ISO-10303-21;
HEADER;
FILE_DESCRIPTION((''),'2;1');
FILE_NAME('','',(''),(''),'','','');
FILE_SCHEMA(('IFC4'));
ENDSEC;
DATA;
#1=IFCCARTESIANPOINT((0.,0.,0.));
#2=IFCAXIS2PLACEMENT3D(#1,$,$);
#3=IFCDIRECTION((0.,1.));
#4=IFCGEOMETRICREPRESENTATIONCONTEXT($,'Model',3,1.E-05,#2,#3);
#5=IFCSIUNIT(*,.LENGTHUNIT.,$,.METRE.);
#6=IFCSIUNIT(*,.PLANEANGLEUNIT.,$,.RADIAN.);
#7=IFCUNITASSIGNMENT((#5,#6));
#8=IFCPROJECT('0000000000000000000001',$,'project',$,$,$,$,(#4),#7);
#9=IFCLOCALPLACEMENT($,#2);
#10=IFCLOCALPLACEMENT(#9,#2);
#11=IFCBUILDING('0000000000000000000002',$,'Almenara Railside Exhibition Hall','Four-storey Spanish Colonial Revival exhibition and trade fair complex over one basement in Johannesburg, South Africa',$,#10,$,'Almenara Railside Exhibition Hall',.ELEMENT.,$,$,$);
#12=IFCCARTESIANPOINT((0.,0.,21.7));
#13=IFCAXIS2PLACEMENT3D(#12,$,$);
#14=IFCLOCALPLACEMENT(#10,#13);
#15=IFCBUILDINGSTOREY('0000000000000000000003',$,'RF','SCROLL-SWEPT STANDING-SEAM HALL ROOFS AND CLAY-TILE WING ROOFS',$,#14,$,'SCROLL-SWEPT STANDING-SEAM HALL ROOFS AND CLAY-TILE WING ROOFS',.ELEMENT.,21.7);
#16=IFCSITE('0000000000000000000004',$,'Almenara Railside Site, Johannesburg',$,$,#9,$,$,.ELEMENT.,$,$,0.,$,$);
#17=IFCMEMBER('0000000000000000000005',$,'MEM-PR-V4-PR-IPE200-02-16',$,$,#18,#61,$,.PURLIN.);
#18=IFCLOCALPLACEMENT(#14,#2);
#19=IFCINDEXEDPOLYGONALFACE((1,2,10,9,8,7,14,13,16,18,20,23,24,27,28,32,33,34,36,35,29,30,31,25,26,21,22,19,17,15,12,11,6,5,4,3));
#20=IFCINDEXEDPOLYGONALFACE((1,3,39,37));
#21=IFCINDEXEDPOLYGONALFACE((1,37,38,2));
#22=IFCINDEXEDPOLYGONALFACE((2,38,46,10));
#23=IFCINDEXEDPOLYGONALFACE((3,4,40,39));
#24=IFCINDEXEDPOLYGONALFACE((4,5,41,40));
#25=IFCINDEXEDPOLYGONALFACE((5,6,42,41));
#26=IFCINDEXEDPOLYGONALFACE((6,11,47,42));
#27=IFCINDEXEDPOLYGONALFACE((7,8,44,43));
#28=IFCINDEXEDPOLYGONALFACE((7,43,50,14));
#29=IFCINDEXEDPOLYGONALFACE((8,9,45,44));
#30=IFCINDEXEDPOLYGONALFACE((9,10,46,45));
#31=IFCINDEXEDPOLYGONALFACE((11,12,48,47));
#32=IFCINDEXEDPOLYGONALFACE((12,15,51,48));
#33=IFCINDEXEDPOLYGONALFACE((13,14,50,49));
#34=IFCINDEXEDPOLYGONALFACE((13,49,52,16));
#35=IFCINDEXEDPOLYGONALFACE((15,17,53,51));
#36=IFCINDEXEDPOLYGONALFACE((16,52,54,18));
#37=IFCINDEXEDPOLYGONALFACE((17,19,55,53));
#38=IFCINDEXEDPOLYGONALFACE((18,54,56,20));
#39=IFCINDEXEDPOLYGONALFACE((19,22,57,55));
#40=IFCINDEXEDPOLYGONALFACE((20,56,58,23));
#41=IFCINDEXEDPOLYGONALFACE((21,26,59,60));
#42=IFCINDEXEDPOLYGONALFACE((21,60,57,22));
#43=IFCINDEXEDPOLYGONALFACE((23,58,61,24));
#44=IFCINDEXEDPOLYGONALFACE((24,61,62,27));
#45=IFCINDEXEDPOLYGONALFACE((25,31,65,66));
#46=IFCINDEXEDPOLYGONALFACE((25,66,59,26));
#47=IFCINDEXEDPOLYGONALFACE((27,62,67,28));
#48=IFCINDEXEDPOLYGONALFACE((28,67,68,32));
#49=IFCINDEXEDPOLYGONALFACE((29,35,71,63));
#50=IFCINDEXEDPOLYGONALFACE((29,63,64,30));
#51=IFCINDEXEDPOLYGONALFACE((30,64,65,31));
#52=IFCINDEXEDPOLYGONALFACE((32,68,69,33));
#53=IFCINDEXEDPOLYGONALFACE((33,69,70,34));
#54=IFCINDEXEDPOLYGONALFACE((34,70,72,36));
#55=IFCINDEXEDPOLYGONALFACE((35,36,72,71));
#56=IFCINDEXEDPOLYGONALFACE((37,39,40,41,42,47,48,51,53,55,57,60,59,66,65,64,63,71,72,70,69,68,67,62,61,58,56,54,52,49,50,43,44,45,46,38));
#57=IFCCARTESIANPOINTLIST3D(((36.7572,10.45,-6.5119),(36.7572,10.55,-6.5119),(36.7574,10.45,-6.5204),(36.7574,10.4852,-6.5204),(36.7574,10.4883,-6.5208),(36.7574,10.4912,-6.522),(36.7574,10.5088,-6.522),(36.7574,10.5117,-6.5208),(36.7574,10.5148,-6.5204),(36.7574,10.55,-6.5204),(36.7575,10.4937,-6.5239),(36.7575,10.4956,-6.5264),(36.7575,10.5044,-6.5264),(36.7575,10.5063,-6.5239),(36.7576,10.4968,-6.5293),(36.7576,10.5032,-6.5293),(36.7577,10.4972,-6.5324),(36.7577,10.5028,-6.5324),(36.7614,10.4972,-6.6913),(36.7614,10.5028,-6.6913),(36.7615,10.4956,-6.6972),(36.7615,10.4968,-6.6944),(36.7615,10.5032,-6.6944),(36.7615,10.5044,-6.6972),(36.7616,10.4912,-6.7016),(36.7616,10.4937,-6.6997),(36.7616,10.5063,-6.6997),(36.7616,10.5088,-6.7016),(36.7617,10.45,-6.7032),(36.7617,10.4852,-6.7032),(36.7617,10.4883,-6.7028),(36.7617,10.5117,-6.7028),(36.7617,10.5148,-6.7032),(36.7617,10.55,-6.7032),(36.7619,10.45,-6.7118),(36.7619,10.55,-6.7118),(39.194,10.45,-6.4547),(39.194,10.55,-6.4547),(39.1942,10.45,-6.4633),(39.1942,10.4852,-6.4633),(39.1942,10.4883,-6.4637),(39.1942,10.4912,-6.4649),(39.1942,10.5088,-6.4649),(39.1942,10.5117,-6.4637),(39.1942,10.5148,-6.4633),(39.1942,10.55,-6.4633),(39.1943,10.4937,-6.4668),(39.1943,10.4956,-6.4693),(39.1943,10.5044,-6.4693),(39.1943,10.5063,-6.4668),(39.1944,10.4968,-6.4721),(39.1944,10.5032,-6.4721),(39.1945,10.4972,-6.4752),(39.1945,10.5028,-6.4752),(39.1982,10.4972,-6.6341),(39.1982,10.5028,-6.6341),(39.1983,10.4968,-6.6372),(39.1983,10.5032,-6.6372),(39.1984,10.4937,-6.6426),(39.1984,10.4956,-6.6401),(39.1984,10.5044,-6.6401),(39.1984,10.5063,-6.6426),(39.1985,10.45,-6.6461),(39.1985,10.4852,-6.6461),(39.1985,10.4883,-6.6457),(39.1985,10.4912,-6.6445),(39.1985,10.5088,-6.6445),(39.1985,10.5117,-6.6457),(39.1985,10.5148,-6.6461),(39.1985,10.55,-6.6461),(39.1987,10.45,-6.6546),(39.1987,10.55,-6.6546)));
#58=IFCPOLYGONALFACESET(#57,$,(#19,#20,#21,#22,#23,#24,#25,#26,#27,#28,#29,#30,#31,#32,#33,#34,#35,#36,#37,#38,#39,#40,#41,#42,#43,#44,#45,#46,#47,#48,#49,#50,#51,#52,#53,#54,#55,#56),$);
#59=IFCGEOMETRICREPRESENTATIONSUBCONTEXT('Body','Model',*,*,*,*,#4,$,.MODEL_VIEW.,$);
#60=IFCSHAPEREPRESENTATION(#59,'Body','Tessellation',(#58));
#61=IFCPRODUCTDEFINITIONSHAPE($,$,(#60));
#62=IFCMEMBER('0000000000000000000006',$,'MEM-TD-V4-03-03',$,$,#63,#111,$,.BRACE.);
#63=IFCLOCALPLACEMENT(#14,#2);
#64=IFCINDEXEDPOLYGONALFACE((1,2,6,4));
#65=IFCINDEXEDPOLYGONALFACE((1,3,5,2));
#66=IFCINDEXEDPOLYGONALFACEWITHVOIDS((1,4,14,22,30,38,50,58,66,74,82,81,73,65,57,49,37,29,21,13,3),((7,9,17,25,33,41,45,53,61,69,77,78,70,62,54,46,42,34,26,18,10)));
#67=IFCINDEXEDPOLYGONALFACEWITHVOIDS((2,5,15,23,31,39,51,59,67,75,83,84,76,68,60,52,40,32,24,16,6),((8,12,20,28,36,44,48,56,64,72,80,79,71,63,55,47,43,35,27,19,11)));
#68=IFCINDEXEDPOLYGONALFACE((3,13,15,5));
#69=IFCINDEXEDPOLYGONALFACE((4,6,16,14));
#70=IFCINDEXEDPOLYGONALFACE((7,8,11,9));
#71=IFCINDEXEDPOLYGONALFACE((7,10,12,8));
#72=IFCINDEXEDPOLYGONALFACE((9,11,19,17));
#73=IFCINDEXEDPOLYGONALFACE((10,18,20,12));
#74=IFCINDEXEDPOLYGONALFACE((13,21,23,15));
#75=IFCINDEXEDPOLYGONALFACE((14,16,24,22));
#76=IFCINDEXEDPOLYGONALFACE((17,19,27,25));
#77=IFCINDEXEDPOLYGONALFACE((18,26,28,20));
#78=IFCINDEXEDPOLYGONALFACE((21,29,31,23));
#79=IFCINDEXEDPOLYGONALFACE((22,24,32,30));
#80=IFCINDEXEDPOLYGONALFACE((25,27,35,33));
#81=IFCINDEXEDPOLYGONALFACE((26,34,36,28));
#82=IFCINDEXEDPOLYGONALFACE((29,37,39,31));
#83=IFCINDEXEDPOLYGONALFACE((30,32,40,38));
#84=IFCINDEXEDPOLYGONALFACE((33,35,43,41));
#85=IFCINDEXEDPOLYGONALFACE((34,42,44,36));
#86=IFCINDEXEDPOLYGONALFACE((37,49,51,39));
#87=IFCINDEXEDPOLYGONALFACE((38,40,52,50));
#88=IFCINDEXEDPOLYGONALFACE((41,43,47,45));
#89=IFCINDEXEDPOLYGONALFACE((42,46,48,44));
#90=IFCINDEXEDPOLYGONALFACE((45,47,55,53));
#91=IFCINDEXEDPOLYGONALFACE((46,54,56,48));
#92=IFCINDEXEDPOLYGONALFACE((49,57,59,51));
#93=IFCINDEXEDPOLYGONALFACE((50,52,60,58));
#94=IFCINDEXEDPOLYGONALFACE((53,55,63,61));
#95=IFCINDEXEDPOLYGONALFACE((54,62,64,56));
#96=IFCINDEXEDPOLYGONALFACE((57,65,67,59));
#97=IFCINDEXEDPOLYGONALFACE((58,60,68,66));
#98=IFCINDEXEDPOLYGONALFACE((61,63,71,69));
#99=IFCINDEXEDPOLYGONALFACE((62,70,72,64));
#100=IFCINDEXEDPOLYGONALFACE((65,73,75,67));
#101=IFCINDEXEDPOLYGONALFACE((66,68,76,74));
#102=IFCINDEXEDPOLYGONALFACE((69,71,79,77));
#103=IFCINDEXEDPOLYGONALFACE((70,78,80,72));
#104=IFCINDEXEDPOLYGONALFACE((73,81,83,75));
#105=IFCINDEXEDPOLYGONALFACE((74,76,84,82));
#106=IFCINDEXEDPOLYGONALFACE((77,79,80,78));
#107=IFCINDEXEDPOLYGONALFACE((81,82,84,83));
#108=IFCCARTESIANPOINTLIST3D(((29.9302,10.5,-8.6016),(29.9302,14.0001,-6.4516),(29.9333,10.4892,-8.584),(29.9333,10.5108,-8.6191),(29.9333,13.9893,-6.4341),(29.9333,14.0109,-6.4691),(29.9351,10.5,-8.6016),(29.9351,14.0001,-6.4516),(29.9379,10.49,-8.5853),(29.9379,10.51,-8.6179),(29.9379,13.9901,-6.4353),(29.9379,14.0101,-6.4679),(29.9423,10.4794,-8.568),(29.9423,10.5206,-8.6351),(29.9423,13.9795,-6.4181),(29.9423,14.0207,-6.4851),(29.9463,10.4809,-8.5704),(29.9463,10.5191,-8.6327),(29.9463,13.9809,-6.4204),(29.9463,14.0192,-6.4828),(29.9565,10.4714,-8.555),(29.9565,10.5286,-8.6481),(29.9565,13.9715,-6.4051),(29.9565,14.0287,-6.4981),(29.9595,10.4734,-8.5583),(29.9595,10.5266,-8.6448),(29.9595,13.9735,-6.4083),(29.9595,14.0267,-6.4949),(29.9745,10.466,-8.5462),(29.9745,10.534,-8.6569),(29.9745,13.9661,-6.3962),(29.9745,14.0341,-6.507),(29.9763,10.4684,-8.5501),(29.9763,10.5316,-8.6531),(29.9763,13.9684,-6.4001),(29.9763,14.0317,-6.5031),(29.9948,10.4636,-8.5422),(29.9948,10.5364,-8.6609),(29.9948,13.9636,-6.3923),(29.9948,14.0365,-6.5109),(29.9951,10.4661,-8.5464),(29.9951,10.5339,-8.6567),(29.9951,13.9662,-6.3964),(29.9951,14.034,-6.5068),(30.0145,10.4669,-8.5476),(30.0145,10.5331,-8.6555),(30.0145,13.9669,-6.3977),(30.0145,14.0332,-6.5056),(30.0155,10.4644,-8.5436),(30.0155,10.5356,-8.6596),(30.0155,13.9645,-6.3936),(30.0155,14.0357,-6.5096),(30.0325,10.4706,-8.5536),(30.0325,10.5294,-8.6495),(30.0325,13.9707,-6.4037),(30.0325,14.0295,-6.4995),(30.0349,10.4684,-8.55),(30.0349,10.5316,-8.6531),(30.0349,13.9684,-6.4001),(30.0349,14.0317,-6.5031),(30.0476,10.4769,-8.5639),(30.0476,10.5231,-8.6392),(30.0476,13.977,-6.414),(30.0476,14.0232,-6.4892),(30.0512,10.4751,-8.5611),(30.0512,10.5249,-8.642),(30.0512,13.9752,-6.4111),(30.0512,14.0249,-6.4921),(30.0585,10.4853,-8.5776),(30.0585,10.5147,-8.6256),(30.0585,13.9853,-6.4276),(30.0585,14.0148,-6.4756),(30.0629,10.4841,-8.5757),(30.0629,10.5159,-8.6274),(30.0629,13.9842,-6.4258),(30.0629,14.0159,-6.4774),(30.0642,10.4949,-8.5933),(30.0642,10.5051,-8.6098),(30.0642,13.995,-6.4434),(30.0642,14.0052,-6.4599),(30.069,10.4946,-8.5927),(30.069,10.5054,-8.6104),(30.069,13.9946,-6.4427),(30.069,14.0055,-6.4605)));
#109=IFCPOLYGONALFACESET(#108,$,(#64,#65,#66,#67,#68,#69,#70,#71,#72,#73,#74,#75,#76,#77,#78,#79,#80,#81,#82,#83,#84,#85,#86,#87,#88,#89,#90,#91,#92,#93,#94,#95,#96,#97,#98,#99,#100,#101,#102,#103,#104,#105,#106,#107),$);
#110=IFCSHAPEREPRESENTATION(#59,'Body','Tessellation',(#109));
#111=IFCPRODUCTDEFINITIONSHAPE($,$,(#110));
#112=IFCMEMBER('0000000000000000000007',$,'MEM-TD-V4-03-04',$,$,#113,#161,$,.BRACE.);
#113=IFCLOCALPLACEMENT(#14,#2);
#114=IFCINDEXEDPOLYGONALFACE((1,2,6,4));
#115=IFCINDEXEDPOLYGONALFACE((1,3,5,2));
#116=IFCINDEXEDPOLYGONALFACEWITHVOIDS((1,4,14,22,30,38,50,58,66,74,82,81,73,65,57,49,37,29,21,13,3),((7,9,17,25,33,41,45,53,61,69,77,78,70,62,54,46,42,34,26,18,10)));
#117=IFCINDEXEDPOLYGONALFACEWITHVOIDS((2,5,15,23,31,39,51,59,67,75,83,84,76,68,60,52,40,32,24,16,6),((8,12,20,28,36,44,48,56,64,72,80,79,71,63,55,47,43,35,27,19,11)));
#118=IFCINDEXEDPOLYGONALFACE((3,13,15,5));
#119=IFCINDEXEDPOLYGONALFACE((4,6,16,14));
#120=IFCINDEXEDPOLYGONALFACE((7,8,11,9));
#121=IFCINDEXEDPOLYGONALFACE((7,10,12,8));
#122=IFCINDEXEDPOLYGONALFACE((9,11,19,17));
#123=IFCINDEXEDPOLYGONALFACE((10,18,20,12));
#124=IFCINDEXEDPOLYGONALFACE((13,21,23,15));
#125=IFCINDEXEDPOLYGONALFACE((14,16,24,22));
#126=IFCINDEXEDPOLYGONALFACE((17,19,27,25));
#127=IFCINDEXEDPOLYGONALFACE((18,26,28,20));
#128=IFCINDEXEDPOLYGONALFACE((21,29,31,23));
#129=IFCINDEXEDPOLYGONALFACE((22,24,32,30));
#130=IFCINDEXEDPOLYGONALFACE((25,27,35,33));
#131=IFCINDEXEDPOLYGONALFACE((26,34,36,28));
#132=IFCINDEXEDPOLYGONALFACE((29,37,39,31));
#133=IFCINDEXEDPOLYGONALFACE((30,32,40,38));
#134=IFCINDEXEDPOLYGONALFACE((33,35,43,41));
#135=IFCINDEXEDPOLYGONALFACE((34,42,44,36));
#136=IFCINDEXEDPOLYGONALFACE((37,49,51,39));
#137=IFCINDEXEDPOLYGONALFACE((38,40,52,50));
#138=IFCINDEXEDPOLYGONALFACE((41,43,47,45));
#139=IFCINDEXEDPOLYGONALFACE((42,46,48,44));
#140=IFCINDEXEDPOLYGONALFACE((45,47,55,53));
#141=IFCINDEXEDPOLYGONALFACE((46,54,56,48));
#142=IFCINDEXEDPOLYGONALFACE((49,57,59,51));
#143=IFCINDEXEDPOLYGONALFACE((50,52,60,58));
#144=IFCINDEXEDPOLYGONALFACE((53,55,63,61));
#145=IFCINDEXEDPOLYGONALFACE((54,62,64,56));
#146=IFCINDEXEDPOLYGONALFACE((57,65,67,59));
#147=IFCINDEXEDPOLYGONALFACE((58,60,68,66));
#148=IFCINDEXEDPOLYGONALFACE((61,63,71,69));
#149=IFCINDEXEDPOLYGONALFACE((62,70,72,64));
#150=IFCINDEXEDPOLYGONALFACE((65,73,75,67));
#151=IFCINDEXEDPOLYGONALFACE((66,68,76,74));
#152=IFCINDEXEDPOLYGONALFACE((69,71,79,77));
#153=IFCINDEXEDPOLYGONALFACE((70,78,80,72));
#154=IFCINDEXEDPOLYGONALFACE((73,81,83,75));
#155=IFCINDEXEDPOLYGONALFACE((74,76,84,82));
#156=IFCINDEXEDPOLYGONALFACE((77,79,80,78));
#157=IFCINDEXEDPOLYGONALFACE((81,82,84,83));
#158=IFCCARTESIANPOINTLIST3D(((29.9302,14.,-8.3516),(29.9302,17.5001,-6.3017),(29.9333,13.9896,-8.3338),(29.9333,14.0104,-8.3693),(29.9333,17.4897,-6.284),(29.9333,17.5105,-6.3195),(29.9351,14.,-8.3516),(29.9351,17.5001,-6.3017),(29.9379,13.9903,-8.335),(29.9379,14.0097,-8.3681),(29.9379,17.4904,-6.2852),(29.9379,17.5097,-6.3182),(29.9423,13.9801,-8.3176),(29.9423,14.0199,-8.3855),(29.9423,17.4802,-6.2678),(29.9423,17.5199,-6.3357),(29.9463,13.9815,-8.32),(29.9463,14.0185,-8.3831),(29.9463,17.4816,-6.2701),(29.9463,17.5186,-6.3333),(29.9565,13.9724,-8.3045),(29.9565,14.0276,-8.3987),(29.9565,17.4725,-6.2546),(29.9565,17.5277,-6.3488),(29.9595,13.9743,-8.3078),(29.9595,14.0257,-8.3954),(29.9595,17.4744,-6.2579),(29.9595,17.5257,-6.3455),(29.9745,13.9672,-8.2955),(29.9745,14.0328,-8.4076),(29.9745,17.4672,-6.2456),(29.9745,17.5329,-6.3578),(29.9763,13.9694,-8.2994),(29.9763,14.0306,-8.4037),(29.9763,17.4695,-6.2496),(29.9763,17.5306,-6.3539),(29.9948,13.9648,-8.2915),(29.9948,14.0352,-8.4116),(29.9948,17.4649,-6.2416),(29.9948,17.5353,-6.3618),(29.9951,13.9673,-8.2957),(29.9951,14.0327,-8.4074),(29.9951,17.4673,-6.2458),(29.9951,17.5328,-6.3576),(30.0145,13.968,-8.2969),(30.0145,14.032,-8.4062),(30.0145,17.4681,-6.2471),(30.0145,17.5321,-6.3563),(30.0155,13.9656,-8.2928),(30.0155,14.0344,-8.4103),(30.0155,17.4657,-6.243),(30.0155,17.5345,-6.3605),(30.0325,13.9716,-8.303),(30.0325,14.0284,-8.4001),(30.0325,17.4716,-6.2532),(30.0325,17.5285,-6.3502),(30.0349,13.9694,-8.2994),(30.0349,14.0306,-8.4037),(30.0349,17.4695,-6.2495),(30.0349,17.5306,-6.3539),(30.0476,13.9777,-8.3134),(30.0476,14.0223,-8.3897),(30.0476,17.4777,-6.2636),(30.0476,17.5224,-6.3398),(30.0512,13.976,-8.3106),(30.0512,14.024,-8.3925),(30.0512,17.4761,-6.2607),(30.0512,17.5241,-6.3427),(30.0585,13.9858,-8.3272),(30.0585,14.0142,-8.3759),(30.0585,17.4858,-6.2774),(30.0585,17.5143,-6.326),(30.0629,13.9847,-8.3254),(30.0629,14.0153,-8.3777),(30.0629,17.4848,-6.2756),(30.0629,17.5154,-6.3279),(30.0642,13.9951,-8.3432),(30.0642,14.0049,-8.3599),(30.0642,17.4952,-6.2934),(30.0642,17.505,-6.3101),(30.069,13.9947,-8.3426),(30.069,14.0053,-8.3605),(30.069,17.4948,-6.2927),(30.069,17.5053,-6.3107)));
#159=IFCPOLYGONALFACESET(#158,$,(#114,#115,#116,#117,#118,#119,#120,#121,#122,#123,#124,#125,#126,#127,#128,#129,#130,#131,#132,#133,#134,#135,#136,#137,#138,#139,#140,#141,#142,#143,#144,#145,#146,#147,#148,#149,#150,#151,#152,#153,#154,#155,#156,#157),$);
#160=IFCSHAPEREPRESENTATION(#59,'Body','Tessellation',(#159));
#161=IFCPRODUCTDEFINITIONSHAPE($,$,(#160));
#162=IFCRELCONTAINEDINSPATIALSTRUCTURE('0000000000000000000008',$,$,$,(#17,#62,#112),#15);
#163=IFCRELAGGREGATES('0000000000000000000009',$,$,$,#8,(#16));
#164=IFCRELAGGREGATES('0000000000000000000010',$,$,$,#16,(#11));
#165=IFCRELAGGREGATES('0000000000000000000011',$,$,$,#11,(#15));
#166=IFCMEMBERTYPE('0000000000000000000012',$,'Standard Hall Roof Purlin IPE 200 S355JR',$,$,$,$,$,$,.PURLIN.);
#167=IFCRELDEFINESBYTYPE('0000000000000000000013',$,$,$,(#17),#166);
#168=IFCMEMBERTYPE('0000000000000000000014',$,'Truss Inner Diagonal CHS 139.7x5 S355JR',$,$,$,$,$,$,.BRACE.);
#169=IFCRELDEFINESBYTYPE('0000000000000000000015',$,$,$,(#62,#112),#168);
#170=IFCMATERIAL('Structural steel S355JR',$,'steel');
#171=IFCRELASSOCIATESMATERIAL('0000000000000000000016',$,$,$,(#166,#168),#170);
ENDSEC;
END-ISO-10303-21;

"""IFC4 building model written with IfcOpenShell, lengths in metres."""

from ifc_helpers import new_model, si_unit, direction, frame, origin, origin_2d, place, context, subcontext, project, spatial, hollow_circle, i_section, extrude, material, material_profile, profile_set, type_object, element, save


model = new_model("IFC4")

# Units and contexts
model_context = context("Model", 3, precision=1e-05, world=origin(), true_north=direction((0.0, 1.0)))
body_context = subcontext(model_context, "Body", "Model", "MODEL_VIEW")
ifc_project = project(units=[si_unit("LENGTHUNIT", "METRE"), si_unit("PLANEANGLEUNIT", "RADIAN")], contexts=[model_context])

# Site, building, storey
site_placement = place(None, origin())
site = spatial("IfcSite", under=ifc_project, at=site_placement, Name="Almenara Railside Site, Johannesburg", CompositionType="ELEMENT", RefElevation=0.0)
building_placement = place(site_placement, origin())
building = spatial("IfcBuilding", under=site, at=building_placement, Name="Almenara Railside Exhibition Hall", Description="Four-storey Spanish Colonial Revival exhibition and trade fair complex over one basement in Johannesburg, South Africa", LongName="Almenara Railside Exhibition Hall", CompositionType="ELEMENT")
storey_placement = place(building_placement, frame((0.0, 0.0, 21.7)))
storey = spatial("IfcBuildingStorey", under=building, at=storey_placement, Name="RF", Description="SCROLL-SWEPT STANDING-SEAM HALL ROOFS AND CLAY-TILE WING ROOFS", LongName="SCROLL-SWEPT STANDING-SEAM HALL ROOFS AND CLAY-TILE WING ROOFS", CompositionType="ELEMENT", Elevation=21.7)

# Members
ifc_material_1 = material(Name="Structural steel S355JR", Category="steel")
ifc_material_profile_1 = material_profile(ifc_material_1, i_section(OverallWidth=0.1001, OverallDepth=0.2, WebThickness=0.0056, FlangeThickness=0.0085, FilletRadius=0.012, at=origin_2d()), Name="IPE 200")
ifc_profile_set_1 = profile_set([ifc_material_profile_1], Name="Structural steel S355JR")
member_type_1 = type_object("IfcMemberType", Name="Standard Hall Roof Purlin IPE 200 S355JR", PredefinedType="PURLIN", material=ifc_profile_set_1)
member_1_placement = place(storey_placement, frame((36.7595, 10.5, -6.6118), z_axis=(0.999725, 0.0, 0.023438), x_axis=(0.0, 1.0, 0.0)))
element("IfcMember", 1, at=member_1_placement, inside=storey, type_object=member_type_1, Name="MEM-PR-V4-PR-IPE200-02-16", PredefinedType="PURLIN", context=body_context, shape_type="SweptSolid", body=[
    extrude(i_section(OverallWidth=0.1001, OverallDepth=0.2, WebThickness=0.0056, FlangeThickness=0.0085, FilletRadius=0.012, at=origin_2d()), origin(), (0.0, 0.0, 1.0), 2.4375),
])
ifc_material_profile_2 = material_profile(ifc_material_1, hollow_circle(Radius=0.0698, WallThickness=0.0049, at=origin_2d()), Name="CHS 139.7x5")
ifc_profile_set_2 = profile_set([ifc_material_profile_2], Name="Structural steel S355JR")
member_type_2 = type_object("IfcMemberType", Name="Truss Inner Diagonal CHS 139.7x5 S355JR", PredefinedType="BRACE", material=ifc_profile_set_2)
member_2_placement = place(storey_placement, frame((30.0, 10.5, -8.6016), z_axis=(0.0, 0.852087, 0.523401), x_axis=(-1.0, 0.0, 0.0)))
element("IfcMember", 2, at=member_2_placement, inside=storey, type_object=member_type_2, Name="MEM-TD-V4-03-03", PredefinedType="BRACE", context=body_context, shape_type="SweptSolid", body=[
    extrude(hollow_circle(Radius=0.0698, WallThickness=0.0049, at=origin_2d()), origin(), (0.0, 0.0, 1.0), 4.1077),
])
member_3_placement = place(storey_placement, frame((30.0, 14.0, -8.3516), z_axis=(0.0, 0.862904, 0.505367), x_axis=(-1.0, 0.0, 0.0)))
element("IfcMember", 3, at=member_3_placement, inside=storey, type_object=member_type_2, Name="MEM-TD-V4-03-04", PredefinedType="BRACE", context=body_context, shape_type="SweptSolid", body=[
    extrude(hollow_circle(Radius=0.0698, WallThickness=0.0049, at=origin_2d()), origin(), (0.0, 0.0, 1.0), 4.0562),
])

save(model, "model.ifc")
